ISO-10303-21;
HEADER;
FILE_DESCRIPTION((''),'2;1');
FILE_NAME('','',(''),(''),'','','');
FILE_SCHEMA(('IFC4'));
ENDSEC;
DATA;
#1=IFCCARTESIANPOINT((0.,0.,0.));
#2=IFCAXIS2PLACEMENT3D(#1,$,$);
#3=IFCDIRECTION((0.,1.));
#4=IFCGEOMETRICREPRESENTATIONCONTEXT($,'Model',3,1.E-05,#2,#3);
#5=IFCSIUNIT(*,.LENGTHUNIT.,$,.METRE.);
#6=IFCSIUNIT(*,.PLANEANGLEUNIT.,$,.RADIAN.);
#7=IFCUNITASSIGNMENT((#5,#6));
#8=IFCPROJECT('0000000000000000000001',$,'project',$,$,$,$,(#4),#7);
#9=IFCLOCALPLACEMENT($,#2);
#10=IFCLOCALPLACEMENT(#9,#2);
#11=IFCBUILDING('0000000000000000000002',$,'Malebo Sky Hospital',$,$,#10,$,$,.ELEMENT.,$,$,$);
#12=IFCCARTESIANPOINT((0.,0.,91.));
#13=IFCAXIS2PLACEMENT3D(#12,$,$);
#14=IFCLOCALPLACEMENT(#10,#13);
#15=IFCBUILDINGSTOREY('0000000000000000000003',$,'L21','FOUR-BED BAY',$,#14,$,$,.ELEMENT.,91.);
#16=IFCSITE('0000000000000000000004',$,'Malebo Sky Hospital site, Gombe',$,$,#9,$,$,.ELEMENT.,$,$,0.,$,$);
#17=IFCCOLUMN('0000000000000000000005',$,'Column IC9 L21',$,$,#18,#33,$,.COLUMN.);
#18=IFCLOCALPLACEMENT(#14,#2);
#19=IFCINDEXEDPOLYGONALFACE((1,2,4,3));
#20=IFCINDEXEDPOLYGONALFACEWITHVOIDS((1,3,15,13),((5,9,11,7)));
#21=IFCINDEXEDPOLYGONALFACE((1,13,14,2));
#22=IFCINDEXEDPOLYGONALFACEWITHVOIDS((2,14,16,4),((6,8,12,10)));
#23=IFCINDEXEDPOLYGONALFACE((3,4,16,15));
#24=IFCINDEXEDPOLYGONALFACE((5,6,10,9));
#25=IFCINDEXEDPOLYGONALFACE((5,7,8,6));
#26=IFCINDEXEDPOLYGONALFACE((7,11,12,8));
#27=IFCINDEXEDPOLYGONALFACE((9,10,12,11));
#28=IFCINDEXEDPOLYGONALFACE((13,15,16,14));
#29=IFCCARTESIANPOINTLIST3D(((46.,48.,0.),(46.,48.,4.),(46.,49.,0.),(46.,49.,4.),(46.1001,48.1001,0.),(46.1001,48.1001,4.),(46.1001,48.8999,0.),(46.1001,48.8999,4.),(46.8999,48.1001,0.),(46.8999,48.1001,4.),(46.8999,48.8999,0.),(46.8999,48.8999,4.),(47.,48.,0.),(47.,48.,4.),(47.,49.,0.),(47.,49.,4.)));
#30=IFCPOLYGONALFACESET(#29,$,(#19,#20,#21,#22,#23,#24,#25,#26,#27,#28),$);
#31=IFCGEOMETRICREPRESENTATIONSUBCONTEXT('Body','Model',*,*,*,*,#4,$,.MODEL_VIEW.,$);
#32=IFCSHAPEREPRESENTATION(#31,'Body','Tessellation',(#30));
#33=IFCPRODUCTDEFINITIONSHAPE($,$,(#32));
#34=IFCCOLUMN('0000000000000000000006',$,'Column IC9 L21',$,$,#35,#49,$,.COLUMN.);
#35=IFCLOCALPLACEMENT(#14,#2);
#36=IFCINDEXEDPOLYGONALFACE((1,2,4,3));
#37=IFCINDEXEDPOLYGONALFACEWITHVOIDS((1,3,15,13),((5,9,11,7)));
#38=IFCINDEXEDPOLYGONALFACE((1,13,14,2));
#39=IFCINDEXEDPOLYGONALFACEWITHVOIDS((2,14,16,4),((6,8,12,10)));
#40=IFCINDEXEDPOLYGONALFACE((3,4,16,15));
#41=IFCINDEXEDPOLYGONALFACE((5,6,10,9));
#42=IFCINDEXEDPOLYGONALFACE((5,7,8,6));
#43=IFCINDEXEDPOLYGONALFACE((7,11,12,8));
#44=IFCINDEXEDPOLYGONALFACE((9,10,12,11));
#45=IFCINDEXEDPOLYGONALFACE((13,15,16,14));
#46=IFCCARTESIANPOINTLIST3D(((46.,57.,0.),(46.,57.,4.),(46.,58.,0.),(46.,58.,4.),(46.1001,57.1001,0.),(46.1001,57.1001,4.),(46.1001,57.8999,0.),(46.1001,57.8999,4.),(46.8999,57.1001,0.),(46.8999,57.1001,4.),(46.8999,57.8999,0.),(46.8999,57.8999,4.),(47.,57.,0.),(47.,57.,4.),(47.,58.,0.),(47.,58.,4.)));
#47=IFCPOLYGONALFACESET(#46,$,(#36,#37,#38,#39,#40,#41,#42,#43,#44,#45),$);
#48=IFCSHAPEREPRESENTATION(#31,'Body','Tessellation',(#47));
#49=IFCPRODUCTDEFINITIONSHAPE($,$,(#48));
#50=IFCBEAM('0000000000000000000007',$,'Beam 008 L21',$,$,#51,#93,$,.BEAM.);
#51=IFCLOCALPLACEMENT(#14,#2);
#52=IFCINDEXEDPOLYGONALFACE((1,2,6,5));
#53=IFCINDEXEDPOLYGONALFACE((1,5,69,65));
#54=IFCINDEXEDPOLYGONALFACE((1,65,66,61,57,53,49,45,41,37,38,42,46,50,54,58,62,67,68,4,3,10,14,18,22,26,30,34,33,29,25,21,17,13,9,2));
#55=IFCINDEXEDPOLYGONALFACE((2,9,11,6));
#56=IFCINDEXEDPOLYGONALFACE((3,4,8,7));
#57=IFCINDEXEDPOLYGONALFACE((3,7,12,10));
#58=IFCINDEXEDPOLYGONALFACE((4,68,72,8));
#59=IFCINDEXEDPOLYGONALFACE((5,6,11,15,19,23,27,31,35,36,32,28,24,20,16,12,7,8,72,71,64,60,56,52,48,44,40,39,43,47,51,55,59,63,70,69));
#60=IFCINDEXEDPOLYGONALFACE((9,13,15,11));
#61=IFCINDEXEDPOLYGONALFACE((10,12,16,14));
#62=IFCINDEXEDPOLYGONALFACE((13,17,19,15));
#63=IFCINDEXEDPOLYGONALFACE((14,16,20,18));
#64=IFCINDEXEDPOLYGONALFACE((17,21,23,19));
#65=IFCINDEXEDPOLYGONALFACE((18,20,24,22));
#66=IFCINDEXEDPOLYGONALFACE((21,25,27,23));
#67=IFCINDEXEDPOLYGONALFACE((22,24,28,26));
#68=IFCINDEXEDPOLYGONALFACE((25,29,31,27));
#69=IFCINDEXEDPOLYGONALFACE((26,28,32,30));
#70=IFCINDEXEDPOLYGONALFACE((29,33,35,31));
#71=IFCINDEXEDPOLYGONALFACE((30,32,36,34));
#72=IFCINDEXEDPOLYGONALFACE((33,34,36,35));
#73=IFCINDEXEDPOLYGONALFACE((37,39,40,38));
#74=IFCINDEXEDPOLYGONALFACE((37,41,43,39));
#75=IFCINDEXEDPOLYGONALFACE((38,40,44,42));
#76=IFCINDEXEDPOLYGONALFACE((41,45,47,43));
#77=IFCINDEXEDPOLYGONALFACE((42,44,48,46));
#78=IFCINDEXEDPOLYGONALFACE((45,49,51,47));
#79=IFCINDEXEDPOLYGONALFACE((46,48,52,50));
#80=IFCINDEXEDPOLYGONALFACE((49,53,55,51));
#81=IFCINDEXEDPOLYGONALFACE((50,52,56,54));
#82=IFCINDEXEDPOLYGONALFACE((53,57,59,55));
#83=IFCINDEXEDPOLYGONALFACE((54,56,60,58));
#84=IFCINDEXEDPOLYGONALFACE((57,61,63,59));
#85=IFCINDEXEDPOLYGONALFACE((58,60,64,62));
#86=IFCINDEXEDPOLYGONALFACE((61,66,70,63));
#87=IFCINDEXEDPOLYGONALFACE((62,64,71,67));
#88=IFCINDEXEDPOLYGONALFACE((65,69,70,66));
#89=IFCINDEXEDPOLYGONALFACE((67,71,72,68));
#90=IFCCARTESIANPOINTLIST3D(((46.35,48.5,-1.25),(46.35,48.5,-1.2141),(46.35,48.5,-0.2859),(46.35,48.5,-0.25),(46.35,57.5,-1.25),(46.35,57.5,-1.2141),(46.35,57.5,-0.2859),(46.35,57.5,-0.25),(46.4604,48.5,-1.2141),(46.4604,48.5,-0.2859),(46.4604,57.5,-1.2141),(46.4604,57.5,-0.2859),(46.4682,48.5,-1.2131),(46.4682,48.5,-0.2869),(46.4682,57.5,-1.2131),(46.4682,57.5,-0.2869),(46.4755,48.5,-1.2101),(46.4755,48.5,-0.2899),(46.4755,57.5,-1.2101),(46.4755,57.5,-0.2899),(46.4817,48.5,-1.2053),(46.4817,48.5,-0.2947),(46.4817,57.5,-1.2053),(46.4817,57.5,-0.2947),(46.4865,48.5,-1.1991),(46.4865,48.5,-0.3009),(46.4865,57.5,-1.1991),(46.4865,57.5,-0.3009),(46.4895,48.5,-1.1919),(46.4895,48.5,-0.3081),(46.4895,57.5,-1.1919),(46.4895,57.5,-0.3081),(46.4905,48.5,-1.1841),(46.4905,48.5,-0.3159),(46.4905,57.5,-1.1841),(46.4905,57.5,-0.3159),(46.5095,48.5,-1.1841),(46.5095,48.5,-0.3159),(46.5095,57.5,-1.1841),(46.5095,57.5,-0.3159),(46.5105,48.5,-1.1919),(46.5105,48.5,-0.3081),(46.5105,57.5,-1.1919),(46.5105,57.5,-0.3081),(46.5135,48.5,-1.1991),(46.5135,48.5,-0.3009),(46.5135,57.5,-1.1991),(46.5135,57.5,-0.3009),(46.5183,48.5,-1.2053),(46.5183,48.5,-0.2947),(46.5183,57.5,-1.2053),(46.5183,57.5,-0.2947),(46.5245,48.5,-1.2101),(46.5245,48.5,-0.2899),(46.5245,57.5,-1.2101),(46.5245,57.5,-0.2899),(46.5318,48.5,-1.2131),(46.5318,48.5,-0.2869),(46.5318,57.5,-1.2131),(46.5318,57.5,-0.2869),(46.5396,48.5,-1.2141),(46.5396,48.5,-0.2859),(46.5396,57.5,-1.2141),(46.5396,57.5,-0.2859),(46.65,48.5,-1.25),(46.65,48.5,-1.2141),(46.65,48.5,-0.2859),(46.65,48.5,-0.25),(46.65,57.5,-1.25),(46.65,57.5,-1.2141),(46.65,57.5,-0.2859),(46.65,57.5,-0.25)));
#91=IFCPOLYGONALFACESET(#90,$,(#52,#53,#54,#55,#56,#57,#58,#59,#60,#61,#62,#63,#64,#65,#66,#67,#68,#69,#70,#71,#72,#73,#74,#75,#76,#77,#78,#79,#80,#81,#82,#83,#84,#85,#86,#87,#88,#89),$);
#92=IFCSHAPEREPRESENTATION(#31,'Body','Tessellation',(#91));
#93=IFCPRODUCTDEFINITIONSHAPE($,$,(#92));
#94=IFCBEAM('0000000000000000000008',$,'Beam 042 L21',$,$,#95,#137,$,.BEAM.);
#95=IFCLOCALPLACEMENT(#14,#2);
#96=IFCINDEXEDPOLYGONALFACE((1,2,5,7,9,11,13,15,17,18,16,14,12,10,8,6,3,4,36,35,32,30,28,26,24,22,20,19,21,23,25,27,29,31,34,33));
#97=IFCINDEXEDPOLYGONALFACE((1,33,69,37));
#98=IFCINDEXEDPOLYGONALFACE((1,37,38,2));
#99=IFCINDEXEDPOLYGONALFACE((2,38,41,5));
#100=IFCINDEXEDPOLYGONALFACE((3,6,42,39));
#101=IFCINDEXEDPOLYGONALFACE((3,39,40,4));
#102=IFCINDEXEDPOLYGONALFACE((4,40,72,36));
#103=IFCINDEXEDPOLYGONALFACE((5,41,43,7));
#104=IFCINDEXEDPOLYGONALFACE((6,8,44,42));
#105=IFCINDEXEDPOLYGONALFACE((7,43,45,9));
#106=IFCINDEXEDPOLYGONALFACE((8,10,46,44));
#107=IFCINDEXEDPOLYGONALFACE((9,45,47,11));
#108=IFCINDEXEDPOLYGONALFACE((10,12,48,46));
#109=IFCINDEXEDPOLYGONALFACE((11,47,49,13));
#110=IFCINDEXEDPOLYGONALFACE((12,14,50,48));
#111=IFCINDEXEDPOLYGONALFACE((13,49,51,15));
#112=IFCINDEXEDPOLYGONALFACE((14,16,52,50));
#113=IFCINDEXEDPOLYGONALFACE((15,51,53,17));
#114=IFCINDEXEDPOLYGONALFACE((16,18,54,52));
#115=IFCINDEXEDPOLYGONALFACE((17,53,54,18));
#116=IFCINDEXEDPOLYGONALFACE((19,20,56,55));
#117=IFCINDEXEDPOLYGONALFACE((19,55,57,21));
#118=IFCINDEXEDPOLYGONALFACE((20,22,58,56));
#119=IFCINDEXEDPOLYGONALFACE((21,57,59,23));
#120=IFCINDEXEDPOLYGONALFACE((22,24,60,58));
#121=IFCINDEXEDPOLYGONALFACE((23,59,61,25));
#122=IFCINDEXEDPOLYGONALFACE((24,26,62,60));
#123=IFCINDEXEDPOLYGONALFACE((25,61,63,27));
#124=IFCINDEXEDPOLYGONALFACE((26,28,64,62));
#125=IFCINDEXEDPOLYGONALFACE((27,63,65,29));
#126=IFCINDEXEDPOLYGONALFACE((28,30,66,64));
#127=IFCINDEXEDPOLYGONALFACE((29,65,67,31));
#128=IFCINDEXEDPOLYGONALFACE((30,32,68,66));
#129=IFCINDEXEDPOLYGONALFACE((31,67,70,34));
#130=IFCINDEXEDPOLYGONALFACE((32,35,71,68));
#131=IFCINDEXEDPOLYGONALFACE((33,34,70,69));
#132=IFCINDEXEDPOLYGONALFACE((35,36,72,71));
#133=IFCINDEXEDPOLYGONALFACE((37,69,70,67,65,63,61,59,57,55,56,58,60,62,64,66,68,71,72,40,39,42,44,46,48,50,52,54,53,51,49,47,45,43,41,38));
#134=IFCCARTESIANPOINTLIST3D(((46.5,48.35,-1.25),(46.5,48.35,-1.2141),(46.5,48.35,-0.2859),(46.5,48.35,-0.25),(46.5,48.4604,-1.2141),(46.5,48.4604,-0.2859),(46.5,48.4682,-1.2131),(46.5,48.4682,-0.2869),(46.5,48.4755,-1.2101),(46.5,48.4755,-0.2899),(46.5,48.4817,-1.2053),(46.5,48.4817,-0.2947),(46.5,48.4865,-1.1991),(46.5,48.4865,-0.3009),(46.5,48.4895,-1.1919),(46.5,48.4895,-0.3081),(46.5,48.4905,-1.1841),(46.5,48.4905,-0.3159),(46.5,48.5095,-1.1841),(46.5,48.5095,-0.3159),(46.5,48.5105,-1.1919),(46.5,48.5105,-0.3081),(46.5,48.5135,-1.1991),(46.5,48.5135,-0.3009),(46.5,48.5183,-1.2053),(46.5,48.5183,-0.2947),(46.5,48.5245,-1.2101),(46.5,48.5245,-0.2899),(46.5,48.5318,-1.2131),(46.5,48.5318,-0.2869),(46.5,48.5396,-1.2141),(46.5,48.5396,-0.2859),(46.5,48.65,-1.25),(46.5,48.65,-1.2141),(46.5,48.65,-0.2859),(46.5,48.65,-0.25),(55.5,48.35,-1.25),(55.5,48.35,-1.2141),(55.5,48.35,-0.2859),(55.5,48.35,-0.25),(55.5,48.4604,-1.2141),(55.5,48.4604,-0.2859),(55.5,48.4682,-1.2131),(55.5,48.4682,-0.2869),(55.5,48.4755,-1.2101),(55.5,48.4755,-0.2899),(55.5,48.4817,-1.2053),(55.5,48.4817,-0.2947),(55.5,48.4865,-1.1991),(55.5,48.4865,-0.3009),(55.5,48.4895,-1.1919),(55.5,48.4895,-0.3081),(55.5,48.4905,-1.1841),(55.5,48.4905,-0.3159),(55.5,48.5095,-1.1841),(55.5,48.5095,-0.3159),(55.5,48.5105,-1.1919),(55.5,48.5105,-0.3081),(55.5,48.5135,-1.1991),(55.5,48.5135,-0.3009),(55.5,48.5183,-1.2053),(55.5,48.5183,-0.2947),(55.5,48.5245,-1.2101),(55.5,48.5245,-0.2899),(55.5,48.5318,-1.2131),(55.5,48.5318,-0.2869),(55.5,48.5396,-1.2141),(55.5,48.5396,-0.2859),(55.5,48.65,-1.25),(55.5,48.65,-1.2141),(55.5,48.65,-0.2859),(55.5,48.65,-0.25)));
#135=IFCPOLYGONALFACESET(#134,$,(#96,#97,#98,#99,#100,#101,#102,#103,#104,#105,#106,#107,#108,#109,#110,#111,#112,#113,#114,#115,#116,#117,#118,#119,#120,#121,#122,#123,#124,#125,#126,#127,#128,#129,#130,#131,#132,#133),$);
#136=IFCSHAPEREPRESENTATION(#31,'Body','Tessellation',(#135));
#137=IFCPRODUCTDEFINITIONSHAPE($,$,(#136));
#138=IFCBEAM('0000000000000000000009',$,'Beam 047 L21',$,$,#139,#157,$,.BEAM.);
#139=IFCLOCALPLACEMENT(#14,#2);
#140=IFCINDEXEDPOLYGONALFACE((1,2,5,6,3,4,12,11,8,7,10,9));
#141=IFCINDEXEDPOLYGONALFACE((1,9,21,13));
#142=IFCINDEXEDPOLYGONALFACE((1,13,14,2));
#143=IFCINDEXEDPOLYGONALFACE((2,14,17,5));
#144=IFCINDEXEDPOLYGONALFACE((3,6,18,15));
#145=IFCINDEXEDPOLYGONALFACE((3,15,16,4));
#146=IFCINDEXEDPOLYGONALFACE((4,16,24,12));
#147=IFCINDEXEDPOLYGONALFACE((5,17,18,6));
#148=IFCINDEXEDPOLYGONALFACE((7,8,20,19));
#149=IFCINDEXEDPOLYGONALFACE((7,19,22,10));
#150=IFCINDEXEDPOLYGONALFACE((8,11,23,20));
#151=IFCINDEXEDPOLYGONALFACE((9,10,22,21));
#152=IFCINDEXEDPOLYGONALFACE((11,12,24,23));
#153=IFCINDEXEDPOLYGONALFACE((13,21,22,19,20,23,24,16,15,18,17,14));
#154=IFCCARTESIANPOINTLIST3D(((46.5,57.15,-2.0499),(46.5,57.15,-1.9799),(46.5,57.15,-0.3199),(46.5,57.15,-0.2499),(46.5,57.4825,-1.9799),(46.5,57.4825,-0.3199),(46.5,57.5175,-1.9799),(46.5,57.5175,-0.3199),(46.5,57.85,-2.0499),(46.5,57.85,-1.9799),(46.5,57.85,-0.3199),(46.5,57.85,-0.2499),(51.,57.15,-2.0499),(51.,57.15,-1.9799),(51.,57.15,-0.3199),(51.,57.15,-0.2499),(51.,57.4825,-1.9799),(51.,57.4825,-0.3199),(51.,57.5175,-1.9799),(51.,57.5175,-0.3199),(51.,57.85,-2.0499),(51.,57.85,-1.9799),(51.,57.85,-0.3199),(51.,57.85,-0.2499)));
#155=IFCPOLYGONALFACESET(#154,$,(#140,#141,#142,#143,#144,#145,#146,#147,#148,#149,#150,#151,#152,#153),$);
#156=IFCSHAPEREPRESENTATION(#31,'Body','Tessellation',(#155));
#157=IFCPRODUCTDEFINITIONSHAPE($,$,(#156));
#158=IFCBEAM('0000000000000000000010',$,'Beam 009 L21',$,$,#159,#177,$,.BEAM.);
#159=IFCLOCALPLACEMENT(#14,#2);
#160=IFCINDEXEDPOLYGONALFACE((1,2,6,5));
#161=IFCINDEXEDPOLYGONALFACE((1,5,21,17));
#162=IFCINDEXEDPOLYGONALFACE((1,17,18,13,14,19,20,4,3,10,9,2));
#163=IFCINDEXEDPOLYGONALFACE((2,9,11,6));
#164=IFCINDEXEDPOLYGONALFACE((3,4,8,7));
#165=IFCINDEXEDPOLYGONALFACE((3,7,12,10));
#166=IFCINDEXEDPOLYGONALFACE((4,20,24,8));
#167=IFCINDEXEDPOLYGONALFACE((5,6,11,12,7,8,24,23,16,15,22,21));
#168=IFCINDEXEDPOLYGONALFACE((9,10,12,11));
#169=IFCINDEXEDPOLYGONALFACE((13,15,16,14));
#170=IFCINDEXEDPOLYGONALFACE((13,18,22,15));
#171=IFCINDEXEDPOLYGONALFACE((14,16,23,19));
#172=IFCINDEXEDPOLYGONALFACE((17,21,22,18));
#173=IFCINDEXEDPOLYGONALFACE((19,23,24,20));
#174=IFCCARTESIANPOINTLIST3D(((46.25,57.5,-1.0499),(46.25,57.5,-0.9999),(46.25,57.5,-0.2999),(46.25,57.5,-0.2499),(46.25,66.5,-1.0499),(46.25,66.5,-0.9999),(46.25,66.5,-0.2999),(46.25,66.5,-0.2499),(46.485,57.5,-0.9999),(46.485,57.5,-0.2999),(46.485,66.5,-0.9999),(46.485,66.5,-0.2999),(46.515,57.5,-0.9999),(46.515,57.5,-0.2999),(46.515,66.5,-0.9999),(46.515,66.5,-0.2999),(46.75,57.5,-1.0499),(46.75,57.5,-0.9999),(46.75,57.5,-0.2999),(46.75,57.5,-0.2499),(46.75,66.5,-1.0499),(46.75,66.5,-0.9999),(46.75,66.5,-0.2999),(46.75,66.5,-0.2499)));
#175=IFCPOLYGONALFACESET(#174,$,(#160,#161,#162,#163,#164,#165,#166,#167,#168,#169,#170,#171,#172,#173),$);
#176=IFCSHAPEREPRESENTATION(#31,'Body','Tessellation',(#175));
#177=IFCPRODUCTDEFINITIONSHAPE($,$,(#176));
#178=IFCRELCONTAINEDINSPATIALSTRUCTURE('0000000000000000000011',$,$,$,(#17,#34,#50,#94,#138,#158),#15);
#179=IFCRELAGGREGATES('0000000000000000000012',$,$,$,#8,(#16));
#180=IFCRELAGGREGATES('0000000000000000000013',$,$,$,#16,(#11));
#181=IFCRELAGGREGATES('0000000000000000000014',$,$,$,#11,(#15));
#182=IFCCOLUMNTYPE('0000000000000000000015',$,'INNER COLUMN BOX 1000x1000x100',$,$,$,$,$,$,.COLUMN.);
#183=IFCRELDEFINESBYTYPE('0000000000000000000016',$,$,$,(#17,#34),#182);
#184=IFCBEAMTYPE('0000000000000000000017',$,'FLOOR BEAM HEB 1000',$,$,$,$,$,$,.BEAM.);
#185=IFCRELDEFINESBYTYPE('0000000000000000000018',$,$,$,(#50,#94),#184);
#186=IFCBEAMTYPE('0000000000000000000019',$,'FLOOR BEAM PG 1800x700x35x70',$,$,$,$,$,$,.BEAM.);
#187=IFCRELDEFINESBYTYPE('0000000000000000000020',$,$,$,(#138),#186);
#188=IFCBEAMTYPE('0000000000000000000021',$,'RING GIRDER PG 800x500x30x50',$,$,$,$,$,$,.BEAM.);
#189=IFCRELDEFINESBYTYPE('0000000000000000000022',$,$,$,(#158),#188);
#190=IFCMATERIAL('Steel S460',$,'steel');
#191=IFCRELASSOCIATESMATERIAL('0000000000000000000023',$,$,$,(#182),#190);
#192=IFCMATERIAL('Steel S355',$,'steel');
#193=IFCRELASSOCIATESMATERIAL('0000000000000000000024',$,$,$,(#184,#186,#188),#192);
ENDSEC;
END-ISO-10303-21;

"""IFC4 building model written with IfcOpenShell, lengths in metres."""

from ifc_helpers import new_model, si_unit, direction, frame, origin, origin_2d, place, context, subcontext, project, spatial, hollow_rectangle, i_section, extrude, material, material_profile, profile_set, type_object, element, save


model = new_model("IFC4")

# Units and contexts
model_context = context("Model", 3, precision=1e-05, world=origin(), true_north=direction((0.0, 1.0)))
body_context = subcontext(model_context, "Body", "Model", "MODEL_VIEW")
ifc_project = project(units=[si_unit("LENGTHUNIT", "METRE"), si_unit("PLANEANGLEUNIT", "RADIAN")], contexts=[model_context])

# Site, building, storey
site_placement = place(None, origin())
site = spatial("IfcSite", under=ifc_project, at=site_placement, Name="Malebo Sky Hospital site, Gombe", CompositionType="ELEMENT", RefElevation=0.0)
building_placement = place(site_placement, origin())
building = spatial("IfcBuilding", under=site, at=building_placement, Name="Malebo Sky Hospital", CompositionType="ELEMENT")
storey_placement = place(building_placement, frame((0.0, 0.0, 91.0)))
storey = spatial("IfcBuildingStorey", under=building, at=storey_placement, Name="L21", Description="FOUR-BED BAY", CompositionType="ELEMENT", Elevation=91.0)

# Columns
ifc_material_1 = material(Name="Steel S460", Category="steel")
ifc_material_profile_1 = material_profile(ifc_material_1, hollow_rectangle(XDim=1.0, YDim=1.0, WallThickness=0.1001, at=origin_2d()), Name="BOX 1000x1000x100")
ifc_profile_set_1 = profile_set([ifc_material_profile_1], Name="Steel S460")
column_type = type_object("IfcColumnType", Name="INNER COLUMN BOX 1000x1000x100", PredefinedType="COLUMN", material=ifc_profile_set_1)
for number, where, z_axis, x_axis, name in (
    (1, (46.5, 48.5, 0.0), (0.0, 0.0, 1.0), (1.0, 0.0, 0.0), "Column IC9 L21"),
    (2, (46.5, 57.5, 0.0), (0.0, 0.0, 1.0), (1.0, 0.0, 0.0), "Column IC9 L21"),
):
    element("IfcColumn", number, at=place(storey_placement, frame(where, z_axis=z_axis, x_axis=x_axis)), inside=storey, type_object=column_type, Name=name, PredefinedType="COLUMN", context=body_context, shape_type="SweptSolid", body=[
        extrude(hollow_rectangle(XDim=1.0, YDim=1.0, WallThickness=0.1001, at=origin_2d()), origin(), (0.0, 0.0, 1.0), 4.0),
    ])

# Beams
ifc_material_2 = material(Name="Steel S355", Category="steel")
ifc_material_profile_2 = material_profile(ifc_material_2, i_section(OverallWidth=0.3, OverallDepth=1.0, WebThickness=0.019, FlangeThickness=0.0359, FilletRadius=0.03, at=origin_2d()), Name="HEB 1000")
ifc_profile_set_2 = profile_set([ifc_material_profile_2], Name="Steel S355")
beam_type_1 = type_object("IfcBeamType", Name="FLOOR BEAM HEB 1000", PredefinedType="BEAM", material=ifc_profile_set_2)
for number, where, z_axis, x_axis, name in (
    (3, (46.5, 48.5, -0.75), (0.0, 1.0, 0.0), (-1.0, 0.0, 0.0), "Beam 008 L21"),
    (4, (46.5, 48.5, -0.75), (1.0, 0.0, 0.0), (0.0, 1.0, 0.0), "Beam 042 L21"),
):
    element("IfcBeam", number, at=place(storey_placement, frame(where, z_axis=z_axis, x_axis=x_axis)), inside=storey, type_object=beam_type_1, Name=name, PredefinedType="BEAM", context=body_context, shape_type="SweptSolid", body=[
        extrude(i_section(OverallWidth=0.3, OverallDepth=1.0, WebThickness=0.019, FlangeThickness=0.0359, FilletRadius=0.03, at=origin_2d()), origin(), (0.0, 0.0, 1.0), 9.0),
    ])
ifc_material_profile_3 = material_profile(ifc_material_2, i_section(OverallWidth=0.7, OverallDepth=1.8, WebThickness=0.0349, FlangeThickness=0.0701, at=origin_2d()), Name="PG 1800x700x35x70")
ifc_profile_set_3 = profile_set([ifc_material_profile_3], Name="Steel S355")
beam_type_2 = type_object("IfcBeamType", Name="FLOOR BEAM PG 1800x700x35x70", PredefinedType="BEAM", material=ifc_profile_set_3)
beam_1_placement = place(storey_placement, frame((46.5, 57.5, -1.1499), z_axis=(1.0, 0.0, 0.0), x_axis=(0.0, 1.0, 0.0)))
element("IfcBeam", 5, at=beam_1_placement, inside=storey, type_object=beam_type_2, Name="Beam 047 L21", PredefinedType="BEAM", context=body_context, shape_type="SweptSolid", body=[
    extrude(i_section(OverallWidth=0.7, OverallDepth=1.8, WebThickness=0.0349, FlangeThickness=0.0701, at=origin_2d()), origin(), (0.0, 0.0, 1.0), 4.5),
])
ifc_material_profile_4 = material_profile(ifc_material_2, i_section(OverallWidth=0.5, OverallDepth=0.8, WebThickness=0.03, FlangeThickness=0.05, at=origin_2d()), Name="PG 800x500x30x50")
ifc_profile_set_4 = profile_set([ifc_material_profile_4], Name="Steel S355")
beam_type_3 = type_object("IfcBeamType", Name="RING GIRDER PG 800x500x30x50", PredefinedType="BEAM", material=ifc_profile_set_4)
beam_2_placement = place(storey_placement, frame((46.5, 57.5, -0.6499), z_axis=(0.0, 1.0, 0.0), x_axis=(-1.0, 0.0, 0.0)))
element("IfcBeam", 6, at=beam_2_placement, inside=storey, type_object=beam_type_3, Name="Beam 009 L21", PredefinedType="BEAM", context=body_context, shape_type="SweptSolid", body=[
    extrude(i_section(OverallWidth=0.5, OverallDepth=0.8, WebThickness=0.03, FlangeThickness=0.05, at=origin_2d()), origin(), (0.0, 0.0, 1.0), 9.0),
])

save(model, "model.ifc")
